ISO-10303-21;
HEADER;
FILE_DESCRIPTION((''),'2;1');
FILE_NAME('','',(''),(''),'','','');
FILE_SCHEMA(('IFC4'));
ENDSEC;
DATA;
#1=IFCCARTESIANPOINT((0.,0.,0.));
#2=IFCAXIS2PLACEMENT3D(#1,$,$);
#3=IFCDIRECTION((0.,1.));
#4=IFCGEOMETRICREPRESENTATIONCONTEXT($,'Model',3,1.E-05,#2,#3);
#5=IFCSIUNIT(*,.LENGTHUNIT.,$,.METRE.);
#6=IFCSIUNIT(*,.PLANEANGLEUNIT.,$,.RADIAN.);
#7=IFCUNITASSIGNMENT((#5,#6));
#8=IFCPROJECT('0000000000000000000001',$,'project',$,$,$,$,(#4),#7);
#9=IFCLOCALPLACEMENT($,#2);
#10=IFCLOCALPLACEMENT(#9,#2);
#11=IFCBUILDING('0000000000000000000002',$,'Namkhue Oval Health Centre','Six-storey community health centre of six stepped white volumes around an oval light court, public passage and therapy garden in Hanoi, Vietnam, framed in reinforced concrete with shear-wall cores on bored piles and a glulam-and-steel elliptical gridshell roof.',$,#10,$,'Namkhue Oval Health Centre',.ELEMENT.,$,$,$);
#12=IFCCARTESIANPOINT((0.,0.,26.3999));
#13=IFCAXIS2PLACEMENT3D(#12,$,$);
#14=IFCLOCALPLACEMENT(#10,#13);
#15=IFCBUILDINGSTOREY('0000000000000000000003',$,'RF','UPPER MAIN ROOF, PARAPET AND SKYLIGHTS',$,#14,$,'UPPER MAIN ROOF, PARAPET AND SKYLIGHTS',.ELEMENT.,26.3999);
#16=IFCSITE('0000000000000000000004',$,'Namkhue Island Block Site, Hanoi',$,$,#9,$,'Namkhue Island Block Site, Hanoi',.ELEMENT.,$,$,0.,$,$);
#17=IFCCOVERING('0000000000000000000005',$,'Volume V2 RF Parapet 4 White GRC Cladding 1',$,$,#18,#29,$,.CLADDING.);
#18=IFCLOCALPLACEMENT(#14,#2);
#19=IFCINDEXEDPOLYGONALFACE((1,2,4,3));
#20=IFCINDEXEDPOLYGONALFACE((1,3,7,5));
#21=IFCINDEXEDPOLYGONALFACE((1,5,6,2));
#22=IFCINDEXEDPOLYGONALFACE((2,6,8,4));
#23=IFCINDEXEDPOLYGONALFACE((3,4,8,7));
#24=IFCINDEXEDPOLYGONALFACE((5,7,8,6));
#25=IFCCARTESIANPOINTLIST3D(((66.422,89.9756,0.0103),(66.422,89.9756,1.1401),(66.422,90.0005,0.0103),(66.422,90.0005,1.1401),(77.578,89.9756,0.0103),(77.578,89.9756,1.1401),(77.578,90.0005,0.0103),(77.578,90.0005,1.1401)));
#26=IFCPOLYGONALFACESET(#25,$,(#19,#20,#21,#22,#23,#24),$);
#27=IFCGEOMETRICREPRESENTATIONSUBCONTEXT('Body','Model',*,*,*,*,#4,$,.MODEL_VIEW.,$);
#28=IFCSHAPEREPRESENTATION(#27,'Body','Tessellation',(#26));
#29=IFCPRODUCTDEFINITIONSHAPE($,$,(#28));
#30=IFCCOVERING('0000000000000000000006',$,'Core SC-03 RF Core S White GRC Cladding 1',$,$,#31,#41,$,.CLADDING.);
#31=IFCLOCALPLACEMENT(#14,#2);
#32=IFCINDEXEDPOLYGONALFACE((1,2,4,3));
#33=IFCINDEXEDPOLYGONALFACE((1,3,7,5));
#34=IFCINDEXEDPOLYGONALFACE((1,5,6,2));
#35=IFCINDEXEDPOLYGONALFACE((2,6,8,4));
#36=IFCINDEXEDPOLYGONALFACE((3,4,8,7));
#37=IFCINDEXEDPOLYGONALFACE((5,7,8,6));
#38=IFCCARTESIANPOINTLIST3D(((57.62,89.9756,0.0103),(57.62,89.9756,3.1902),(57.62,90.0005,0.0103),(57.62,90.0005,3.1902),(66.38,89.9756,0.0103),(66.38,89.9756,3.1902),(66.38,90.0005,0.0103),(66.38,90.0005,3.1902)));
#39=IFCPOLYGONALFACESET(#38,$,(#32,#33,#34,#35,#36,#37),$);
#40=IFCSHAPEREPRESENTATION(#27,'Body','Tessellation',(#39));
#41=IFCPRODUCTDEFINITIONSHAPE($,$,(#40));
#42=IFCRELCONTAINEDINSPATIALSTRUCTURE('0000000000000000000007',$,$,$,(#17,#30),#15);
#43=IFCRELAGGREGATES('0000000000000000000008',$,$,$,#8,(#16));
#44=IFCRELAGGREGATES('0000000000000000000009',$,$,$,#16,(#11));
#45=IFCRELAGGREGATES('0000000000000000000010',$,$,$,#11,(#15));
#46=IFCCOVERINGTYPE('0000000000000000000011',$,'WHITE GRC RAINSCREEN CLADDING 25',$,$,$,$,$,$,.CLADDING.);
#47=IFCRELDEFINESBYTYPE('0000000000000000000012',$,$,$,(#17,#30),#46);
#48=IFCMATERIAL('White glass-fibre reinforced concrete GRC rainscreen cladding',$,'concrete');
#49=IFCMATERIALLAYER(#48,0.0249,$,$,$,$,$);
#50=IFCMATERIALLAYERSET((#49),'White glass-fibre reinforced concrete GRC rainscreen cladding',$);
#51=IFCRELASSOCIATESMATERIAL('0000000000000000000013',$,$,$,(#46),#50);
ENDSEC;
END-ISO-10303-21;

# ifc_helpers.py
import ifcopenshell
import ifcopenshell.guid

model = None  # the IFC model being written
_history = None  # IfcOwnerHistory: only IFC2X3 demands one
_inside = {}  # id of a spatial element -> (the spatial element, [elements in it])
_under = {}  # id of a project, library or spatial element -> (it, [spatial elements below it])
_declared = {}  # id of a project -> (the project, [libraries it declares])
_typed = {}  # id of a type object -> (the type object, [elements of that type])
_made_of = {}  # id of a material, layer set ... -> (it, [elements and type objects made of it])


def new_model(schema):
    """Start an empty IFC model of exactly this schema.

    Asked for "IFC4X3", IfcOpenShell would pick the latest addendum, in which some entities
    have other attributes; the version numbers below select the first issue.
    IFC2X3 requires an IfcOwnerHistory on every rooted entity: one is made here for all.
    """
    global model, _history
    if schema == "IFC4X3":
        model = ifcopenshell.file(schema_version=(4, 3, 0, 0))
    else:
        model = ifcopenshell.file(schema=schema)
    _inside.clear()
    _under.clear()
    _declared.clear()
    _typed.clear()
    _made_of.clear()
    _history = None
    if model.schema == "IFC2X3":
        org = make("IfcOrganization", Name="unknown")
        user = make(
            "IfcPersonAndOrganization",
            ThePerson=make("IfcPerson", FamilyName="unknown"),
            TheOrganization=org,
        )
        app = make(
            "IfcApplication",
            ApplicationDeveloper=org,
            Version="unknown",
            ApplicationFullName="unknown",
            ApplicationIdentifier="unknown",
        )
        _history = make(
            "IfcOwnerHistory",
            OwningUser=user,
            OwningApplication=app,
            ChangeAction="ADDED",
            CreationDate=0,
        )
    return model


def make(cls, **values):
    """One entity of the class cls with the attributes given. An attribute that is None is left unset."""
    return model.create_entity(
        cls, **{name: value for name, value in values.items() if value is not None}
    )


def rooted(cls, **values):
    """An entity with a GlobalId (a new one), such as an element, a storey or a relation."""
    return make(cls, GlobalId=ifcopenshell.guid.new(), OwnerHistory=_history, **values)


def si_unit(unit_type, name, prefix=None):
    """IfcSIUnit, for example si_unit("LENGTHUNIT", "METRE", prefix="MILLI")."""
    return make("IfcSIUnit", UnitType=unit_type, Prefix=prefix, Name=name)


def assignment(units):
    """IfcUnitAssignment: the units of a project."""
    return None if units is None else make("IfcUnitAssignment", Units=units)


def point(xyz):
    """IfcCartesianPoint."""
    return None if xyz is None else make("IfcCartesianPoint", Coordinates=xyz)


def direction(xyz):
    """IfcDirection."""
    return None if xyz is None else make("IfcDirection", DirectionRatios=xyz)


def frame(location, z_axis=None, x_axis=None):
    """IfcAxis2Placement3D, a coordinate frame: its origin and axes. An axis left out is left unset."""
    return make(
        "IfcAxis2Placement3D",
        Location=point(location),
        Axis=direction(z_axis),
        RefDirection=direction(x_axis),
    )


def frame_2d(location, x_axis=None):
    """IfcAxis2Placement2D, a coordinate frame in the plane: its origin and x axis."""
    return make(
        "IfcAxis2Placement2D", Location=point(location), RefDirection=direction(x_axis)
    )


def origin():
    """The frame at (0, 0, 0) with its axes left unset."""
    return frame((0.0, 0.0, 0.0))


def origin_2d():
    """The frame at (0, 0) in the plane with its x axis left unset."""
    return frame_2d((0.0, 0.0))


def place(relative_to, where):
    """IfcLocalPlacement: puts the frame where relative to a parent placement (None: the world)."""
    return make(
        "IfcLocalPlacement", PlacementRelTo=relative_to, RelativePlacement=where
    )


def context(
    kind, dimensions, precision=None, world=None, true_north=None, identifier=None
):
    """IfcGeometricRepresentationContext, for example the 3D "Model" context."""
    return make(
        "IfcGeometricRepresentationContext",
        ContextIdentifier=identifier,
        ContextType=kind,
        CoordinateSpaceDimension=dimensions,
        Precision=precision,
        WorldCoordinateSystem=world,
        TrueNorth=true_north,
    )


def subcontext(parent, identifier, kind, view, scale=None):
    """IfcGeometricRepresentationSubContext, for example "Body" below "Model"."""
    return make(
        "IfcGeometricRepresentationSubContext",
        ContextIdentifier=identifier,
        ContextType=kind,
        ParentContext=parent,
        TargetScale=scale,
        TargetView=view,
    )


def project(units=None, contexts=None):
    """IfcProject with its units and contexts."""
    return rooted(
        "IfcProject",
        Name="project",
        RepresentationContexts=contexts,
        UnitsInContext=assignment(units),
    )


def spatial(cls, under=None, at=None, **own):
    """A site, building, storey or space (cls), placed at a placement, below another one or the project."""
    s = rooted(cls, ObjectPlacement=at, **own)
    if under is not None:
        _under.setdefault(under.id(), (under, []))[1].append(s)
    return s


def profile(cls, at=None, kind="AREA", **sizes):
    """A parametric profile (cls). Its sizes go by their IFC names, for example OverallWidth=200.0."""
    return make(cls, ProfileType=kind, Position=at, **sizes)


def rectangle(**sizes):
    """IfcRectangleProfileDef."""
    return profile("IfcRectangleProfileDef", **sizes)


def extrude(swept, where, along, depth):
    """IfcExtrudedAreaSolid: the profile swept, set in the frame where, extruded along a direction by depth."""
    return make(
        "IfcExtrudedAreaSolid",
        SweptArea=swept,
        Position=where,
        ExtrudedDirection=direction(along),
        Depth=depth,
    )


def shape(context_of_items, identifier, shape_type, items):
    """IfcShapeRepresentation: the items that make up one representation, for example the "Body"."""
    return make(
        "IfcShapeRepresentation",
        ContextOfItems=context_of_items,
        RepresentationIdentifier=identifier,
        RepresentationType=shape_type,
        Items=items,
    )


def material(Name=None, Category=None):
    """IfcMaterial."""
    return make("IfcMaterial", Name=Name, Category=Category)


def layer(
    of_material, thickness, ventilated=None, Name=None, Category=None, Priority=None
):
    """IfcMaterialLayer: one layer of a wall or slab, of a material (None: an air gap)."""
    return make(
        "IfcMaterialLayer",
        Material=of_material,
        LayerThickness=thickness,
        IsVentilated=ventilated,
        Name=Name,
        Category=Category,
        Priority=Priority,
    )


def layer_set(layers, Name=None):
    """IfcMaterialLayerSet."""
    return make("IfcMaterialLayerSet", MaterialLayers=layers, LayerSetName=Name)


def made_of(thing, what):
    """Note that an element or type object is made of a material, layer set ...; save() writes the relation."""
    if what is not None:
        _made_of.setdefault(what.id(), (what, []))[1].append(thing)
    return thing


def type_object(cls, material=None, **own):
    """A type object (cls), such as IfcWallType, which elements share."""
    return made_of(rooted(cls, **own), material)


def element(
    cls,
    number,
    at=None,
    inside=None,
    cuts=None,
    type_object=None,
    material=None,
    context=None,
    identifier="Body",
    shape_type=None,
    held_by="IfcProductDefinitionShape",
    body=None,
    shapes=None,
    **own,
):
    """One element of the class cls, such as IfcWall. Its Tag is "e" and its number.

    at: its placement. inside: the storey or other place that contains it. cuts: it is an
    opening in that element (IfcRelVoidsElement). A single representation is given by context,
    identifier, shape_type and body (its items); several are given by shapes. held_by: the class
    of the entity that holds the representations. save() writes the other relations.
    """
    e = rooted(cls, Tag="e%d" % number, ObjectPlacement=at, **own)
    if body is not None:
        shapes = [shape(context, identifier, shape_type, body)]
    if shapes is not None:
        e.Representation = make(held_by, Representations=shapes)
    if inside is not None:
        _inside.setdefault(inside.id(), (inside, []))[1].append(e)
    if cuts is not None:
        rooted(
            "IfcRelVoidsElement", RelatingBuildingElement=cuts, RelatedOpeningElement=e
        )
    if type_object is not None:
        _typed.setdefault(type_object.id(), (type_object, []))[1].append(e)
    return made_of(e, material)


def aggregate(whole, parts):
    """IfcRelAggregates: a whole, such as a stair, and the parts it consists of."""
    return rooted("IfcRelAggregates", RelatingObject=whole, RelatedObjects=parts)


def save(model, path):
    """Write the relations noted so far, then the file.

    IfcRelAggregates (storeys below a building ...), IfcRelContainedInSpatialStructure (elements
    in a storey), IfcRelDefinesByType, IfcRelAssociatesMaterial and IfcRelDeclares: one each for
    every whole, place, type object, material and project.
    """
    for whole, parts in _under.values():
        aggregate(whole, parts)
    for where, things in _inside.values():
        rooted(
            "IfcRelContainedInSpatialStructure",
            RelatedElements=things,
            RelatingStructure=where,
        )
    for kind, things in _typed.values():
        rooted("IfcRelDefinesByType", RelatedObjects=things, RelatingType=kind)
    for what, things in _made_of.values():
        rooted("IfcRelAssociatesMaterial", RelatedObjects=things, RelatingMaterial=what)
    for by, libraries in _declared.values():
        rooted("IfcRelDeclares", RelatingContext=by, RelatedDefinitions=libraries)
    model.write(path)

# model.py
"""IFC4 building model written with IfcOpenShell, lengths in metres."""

from ifc_helpers import new_model, si_unit, direction, frame, origin, origin_2d, place, context, subcontext, project, spatial, rectangle, extrude, material, layer, layer_set, type_object, element, save


model = new_model("IFC4")

# Units and contexts
model_context = context("Model", 3, precision=1e-05, world=origin(), true_north=direction((0.0, 1.0)))
body_context = subcontext(model_context, "Body", "Model", "MODEL_VIEW")
ifc_project = project(units=[si_unit("LENGTHUNIT", "METRE"), si_unit("PLANEANGLEUNIT", "RADIAN")], contexts=[model_context])

# Site, building, storey
site_placement = place(None, origin())
site = spatial("IfcSite", under=ifc_project, at=site_placement, Name="Namkhue Island Block Site, Hanoi", LongName="Namkhue Island Block Site, Hanoi", CompositionType="ELEMENT", RefElevation=0.0)
building_placement = place(site_placement, origin())
building = spatial("IfcBuilding", under=site, at=building_placement, Name="Namkhue Oval Health Centre", Description="Six-storey community health centre of six stepped white volumes around an oval light court, public passage and therapy garden in Hanoi, Vietnam, framed in reinforced concrete with shear-wall cores on bored piles and a glulam-and-steel elliptical gridshell roof.", LongName="Namkhue Oval Health Centre", CompositionType="ELEMENT")
storey_placement = place(building_placement, frame((0.0, 0.0, 26.3999)))
storey = spatial("IfcBuildingStorey", under=building, at=storey_placement, Name="RF", Description="UPPER MAIN ROOF, PARAPET AND SKYLIGHTS", LongName="UPPER MAIN ROOF, PARAPET AND SKYLIGHTS", CompositionType="ELEMENT", Elevation=26.3999)

# Coverings
ifc_material_1 = material(Name="White glass-fibre reinforced concrete GRC rainscreen cladding", Category="concrete")
ifc_layer_1 = layer(ifc_material_1, 0.0249)
ifc_layer_set_1 = layer_set([ifc_layer_1], Name="White glass-fibre reinforced concrete GRC rainscreen cladding")
covering_type_1 = type_object("IfcCoveringType", Name="WHITE GRC RAINSCREEN CLADDING 25", PredefinedType="CLADDING", material=ifc_layer_set_1)
covering_1_placement = place(storey_placement, frame((72.0, 89.988, 0.0103), z_axis=(0.0, 0.0, 1.0), x_axis=(-1.0, 0.0, 0.0)))
element("IfcCovering", 1, at=covering_1_placement, inside=storey, type_object=covering_type_1, Name="Volume V2 RF Parapet 4 White GRC Cladding 1", PredefinedType="CLADDING", context=body_context, shape_type="SweptSolid", body=[
    extrude(rectangle(XDim=11.156, YDim=0.0249, at=origin_2d()), origin(), (0.0, 0.0, 1.0), 1.1299),
])
covering_2_placement = place(storey_placement, frame((62.0, 89.988, 0.0103), z_axis=(0.0, 0.0, 1.0), x_axis=(1.0, 0.0, 0.0)))
element("IfcCovering", 2, at=covering_2_placement, inside=storey, type_object=covering_type_1, Name="Core SC-03 RF Core S White GRC Cladding 1", PredefinedType="CLADDING", context=body_context, shape_type="SweptSolid", body=[
    extrude(rectangle(XDim=8.76, YDim=0.0249, at=origin_2d()), origin(), (0.0, 0.0, 1.0), 3.1799),
])

save(model, "model.ifc")
